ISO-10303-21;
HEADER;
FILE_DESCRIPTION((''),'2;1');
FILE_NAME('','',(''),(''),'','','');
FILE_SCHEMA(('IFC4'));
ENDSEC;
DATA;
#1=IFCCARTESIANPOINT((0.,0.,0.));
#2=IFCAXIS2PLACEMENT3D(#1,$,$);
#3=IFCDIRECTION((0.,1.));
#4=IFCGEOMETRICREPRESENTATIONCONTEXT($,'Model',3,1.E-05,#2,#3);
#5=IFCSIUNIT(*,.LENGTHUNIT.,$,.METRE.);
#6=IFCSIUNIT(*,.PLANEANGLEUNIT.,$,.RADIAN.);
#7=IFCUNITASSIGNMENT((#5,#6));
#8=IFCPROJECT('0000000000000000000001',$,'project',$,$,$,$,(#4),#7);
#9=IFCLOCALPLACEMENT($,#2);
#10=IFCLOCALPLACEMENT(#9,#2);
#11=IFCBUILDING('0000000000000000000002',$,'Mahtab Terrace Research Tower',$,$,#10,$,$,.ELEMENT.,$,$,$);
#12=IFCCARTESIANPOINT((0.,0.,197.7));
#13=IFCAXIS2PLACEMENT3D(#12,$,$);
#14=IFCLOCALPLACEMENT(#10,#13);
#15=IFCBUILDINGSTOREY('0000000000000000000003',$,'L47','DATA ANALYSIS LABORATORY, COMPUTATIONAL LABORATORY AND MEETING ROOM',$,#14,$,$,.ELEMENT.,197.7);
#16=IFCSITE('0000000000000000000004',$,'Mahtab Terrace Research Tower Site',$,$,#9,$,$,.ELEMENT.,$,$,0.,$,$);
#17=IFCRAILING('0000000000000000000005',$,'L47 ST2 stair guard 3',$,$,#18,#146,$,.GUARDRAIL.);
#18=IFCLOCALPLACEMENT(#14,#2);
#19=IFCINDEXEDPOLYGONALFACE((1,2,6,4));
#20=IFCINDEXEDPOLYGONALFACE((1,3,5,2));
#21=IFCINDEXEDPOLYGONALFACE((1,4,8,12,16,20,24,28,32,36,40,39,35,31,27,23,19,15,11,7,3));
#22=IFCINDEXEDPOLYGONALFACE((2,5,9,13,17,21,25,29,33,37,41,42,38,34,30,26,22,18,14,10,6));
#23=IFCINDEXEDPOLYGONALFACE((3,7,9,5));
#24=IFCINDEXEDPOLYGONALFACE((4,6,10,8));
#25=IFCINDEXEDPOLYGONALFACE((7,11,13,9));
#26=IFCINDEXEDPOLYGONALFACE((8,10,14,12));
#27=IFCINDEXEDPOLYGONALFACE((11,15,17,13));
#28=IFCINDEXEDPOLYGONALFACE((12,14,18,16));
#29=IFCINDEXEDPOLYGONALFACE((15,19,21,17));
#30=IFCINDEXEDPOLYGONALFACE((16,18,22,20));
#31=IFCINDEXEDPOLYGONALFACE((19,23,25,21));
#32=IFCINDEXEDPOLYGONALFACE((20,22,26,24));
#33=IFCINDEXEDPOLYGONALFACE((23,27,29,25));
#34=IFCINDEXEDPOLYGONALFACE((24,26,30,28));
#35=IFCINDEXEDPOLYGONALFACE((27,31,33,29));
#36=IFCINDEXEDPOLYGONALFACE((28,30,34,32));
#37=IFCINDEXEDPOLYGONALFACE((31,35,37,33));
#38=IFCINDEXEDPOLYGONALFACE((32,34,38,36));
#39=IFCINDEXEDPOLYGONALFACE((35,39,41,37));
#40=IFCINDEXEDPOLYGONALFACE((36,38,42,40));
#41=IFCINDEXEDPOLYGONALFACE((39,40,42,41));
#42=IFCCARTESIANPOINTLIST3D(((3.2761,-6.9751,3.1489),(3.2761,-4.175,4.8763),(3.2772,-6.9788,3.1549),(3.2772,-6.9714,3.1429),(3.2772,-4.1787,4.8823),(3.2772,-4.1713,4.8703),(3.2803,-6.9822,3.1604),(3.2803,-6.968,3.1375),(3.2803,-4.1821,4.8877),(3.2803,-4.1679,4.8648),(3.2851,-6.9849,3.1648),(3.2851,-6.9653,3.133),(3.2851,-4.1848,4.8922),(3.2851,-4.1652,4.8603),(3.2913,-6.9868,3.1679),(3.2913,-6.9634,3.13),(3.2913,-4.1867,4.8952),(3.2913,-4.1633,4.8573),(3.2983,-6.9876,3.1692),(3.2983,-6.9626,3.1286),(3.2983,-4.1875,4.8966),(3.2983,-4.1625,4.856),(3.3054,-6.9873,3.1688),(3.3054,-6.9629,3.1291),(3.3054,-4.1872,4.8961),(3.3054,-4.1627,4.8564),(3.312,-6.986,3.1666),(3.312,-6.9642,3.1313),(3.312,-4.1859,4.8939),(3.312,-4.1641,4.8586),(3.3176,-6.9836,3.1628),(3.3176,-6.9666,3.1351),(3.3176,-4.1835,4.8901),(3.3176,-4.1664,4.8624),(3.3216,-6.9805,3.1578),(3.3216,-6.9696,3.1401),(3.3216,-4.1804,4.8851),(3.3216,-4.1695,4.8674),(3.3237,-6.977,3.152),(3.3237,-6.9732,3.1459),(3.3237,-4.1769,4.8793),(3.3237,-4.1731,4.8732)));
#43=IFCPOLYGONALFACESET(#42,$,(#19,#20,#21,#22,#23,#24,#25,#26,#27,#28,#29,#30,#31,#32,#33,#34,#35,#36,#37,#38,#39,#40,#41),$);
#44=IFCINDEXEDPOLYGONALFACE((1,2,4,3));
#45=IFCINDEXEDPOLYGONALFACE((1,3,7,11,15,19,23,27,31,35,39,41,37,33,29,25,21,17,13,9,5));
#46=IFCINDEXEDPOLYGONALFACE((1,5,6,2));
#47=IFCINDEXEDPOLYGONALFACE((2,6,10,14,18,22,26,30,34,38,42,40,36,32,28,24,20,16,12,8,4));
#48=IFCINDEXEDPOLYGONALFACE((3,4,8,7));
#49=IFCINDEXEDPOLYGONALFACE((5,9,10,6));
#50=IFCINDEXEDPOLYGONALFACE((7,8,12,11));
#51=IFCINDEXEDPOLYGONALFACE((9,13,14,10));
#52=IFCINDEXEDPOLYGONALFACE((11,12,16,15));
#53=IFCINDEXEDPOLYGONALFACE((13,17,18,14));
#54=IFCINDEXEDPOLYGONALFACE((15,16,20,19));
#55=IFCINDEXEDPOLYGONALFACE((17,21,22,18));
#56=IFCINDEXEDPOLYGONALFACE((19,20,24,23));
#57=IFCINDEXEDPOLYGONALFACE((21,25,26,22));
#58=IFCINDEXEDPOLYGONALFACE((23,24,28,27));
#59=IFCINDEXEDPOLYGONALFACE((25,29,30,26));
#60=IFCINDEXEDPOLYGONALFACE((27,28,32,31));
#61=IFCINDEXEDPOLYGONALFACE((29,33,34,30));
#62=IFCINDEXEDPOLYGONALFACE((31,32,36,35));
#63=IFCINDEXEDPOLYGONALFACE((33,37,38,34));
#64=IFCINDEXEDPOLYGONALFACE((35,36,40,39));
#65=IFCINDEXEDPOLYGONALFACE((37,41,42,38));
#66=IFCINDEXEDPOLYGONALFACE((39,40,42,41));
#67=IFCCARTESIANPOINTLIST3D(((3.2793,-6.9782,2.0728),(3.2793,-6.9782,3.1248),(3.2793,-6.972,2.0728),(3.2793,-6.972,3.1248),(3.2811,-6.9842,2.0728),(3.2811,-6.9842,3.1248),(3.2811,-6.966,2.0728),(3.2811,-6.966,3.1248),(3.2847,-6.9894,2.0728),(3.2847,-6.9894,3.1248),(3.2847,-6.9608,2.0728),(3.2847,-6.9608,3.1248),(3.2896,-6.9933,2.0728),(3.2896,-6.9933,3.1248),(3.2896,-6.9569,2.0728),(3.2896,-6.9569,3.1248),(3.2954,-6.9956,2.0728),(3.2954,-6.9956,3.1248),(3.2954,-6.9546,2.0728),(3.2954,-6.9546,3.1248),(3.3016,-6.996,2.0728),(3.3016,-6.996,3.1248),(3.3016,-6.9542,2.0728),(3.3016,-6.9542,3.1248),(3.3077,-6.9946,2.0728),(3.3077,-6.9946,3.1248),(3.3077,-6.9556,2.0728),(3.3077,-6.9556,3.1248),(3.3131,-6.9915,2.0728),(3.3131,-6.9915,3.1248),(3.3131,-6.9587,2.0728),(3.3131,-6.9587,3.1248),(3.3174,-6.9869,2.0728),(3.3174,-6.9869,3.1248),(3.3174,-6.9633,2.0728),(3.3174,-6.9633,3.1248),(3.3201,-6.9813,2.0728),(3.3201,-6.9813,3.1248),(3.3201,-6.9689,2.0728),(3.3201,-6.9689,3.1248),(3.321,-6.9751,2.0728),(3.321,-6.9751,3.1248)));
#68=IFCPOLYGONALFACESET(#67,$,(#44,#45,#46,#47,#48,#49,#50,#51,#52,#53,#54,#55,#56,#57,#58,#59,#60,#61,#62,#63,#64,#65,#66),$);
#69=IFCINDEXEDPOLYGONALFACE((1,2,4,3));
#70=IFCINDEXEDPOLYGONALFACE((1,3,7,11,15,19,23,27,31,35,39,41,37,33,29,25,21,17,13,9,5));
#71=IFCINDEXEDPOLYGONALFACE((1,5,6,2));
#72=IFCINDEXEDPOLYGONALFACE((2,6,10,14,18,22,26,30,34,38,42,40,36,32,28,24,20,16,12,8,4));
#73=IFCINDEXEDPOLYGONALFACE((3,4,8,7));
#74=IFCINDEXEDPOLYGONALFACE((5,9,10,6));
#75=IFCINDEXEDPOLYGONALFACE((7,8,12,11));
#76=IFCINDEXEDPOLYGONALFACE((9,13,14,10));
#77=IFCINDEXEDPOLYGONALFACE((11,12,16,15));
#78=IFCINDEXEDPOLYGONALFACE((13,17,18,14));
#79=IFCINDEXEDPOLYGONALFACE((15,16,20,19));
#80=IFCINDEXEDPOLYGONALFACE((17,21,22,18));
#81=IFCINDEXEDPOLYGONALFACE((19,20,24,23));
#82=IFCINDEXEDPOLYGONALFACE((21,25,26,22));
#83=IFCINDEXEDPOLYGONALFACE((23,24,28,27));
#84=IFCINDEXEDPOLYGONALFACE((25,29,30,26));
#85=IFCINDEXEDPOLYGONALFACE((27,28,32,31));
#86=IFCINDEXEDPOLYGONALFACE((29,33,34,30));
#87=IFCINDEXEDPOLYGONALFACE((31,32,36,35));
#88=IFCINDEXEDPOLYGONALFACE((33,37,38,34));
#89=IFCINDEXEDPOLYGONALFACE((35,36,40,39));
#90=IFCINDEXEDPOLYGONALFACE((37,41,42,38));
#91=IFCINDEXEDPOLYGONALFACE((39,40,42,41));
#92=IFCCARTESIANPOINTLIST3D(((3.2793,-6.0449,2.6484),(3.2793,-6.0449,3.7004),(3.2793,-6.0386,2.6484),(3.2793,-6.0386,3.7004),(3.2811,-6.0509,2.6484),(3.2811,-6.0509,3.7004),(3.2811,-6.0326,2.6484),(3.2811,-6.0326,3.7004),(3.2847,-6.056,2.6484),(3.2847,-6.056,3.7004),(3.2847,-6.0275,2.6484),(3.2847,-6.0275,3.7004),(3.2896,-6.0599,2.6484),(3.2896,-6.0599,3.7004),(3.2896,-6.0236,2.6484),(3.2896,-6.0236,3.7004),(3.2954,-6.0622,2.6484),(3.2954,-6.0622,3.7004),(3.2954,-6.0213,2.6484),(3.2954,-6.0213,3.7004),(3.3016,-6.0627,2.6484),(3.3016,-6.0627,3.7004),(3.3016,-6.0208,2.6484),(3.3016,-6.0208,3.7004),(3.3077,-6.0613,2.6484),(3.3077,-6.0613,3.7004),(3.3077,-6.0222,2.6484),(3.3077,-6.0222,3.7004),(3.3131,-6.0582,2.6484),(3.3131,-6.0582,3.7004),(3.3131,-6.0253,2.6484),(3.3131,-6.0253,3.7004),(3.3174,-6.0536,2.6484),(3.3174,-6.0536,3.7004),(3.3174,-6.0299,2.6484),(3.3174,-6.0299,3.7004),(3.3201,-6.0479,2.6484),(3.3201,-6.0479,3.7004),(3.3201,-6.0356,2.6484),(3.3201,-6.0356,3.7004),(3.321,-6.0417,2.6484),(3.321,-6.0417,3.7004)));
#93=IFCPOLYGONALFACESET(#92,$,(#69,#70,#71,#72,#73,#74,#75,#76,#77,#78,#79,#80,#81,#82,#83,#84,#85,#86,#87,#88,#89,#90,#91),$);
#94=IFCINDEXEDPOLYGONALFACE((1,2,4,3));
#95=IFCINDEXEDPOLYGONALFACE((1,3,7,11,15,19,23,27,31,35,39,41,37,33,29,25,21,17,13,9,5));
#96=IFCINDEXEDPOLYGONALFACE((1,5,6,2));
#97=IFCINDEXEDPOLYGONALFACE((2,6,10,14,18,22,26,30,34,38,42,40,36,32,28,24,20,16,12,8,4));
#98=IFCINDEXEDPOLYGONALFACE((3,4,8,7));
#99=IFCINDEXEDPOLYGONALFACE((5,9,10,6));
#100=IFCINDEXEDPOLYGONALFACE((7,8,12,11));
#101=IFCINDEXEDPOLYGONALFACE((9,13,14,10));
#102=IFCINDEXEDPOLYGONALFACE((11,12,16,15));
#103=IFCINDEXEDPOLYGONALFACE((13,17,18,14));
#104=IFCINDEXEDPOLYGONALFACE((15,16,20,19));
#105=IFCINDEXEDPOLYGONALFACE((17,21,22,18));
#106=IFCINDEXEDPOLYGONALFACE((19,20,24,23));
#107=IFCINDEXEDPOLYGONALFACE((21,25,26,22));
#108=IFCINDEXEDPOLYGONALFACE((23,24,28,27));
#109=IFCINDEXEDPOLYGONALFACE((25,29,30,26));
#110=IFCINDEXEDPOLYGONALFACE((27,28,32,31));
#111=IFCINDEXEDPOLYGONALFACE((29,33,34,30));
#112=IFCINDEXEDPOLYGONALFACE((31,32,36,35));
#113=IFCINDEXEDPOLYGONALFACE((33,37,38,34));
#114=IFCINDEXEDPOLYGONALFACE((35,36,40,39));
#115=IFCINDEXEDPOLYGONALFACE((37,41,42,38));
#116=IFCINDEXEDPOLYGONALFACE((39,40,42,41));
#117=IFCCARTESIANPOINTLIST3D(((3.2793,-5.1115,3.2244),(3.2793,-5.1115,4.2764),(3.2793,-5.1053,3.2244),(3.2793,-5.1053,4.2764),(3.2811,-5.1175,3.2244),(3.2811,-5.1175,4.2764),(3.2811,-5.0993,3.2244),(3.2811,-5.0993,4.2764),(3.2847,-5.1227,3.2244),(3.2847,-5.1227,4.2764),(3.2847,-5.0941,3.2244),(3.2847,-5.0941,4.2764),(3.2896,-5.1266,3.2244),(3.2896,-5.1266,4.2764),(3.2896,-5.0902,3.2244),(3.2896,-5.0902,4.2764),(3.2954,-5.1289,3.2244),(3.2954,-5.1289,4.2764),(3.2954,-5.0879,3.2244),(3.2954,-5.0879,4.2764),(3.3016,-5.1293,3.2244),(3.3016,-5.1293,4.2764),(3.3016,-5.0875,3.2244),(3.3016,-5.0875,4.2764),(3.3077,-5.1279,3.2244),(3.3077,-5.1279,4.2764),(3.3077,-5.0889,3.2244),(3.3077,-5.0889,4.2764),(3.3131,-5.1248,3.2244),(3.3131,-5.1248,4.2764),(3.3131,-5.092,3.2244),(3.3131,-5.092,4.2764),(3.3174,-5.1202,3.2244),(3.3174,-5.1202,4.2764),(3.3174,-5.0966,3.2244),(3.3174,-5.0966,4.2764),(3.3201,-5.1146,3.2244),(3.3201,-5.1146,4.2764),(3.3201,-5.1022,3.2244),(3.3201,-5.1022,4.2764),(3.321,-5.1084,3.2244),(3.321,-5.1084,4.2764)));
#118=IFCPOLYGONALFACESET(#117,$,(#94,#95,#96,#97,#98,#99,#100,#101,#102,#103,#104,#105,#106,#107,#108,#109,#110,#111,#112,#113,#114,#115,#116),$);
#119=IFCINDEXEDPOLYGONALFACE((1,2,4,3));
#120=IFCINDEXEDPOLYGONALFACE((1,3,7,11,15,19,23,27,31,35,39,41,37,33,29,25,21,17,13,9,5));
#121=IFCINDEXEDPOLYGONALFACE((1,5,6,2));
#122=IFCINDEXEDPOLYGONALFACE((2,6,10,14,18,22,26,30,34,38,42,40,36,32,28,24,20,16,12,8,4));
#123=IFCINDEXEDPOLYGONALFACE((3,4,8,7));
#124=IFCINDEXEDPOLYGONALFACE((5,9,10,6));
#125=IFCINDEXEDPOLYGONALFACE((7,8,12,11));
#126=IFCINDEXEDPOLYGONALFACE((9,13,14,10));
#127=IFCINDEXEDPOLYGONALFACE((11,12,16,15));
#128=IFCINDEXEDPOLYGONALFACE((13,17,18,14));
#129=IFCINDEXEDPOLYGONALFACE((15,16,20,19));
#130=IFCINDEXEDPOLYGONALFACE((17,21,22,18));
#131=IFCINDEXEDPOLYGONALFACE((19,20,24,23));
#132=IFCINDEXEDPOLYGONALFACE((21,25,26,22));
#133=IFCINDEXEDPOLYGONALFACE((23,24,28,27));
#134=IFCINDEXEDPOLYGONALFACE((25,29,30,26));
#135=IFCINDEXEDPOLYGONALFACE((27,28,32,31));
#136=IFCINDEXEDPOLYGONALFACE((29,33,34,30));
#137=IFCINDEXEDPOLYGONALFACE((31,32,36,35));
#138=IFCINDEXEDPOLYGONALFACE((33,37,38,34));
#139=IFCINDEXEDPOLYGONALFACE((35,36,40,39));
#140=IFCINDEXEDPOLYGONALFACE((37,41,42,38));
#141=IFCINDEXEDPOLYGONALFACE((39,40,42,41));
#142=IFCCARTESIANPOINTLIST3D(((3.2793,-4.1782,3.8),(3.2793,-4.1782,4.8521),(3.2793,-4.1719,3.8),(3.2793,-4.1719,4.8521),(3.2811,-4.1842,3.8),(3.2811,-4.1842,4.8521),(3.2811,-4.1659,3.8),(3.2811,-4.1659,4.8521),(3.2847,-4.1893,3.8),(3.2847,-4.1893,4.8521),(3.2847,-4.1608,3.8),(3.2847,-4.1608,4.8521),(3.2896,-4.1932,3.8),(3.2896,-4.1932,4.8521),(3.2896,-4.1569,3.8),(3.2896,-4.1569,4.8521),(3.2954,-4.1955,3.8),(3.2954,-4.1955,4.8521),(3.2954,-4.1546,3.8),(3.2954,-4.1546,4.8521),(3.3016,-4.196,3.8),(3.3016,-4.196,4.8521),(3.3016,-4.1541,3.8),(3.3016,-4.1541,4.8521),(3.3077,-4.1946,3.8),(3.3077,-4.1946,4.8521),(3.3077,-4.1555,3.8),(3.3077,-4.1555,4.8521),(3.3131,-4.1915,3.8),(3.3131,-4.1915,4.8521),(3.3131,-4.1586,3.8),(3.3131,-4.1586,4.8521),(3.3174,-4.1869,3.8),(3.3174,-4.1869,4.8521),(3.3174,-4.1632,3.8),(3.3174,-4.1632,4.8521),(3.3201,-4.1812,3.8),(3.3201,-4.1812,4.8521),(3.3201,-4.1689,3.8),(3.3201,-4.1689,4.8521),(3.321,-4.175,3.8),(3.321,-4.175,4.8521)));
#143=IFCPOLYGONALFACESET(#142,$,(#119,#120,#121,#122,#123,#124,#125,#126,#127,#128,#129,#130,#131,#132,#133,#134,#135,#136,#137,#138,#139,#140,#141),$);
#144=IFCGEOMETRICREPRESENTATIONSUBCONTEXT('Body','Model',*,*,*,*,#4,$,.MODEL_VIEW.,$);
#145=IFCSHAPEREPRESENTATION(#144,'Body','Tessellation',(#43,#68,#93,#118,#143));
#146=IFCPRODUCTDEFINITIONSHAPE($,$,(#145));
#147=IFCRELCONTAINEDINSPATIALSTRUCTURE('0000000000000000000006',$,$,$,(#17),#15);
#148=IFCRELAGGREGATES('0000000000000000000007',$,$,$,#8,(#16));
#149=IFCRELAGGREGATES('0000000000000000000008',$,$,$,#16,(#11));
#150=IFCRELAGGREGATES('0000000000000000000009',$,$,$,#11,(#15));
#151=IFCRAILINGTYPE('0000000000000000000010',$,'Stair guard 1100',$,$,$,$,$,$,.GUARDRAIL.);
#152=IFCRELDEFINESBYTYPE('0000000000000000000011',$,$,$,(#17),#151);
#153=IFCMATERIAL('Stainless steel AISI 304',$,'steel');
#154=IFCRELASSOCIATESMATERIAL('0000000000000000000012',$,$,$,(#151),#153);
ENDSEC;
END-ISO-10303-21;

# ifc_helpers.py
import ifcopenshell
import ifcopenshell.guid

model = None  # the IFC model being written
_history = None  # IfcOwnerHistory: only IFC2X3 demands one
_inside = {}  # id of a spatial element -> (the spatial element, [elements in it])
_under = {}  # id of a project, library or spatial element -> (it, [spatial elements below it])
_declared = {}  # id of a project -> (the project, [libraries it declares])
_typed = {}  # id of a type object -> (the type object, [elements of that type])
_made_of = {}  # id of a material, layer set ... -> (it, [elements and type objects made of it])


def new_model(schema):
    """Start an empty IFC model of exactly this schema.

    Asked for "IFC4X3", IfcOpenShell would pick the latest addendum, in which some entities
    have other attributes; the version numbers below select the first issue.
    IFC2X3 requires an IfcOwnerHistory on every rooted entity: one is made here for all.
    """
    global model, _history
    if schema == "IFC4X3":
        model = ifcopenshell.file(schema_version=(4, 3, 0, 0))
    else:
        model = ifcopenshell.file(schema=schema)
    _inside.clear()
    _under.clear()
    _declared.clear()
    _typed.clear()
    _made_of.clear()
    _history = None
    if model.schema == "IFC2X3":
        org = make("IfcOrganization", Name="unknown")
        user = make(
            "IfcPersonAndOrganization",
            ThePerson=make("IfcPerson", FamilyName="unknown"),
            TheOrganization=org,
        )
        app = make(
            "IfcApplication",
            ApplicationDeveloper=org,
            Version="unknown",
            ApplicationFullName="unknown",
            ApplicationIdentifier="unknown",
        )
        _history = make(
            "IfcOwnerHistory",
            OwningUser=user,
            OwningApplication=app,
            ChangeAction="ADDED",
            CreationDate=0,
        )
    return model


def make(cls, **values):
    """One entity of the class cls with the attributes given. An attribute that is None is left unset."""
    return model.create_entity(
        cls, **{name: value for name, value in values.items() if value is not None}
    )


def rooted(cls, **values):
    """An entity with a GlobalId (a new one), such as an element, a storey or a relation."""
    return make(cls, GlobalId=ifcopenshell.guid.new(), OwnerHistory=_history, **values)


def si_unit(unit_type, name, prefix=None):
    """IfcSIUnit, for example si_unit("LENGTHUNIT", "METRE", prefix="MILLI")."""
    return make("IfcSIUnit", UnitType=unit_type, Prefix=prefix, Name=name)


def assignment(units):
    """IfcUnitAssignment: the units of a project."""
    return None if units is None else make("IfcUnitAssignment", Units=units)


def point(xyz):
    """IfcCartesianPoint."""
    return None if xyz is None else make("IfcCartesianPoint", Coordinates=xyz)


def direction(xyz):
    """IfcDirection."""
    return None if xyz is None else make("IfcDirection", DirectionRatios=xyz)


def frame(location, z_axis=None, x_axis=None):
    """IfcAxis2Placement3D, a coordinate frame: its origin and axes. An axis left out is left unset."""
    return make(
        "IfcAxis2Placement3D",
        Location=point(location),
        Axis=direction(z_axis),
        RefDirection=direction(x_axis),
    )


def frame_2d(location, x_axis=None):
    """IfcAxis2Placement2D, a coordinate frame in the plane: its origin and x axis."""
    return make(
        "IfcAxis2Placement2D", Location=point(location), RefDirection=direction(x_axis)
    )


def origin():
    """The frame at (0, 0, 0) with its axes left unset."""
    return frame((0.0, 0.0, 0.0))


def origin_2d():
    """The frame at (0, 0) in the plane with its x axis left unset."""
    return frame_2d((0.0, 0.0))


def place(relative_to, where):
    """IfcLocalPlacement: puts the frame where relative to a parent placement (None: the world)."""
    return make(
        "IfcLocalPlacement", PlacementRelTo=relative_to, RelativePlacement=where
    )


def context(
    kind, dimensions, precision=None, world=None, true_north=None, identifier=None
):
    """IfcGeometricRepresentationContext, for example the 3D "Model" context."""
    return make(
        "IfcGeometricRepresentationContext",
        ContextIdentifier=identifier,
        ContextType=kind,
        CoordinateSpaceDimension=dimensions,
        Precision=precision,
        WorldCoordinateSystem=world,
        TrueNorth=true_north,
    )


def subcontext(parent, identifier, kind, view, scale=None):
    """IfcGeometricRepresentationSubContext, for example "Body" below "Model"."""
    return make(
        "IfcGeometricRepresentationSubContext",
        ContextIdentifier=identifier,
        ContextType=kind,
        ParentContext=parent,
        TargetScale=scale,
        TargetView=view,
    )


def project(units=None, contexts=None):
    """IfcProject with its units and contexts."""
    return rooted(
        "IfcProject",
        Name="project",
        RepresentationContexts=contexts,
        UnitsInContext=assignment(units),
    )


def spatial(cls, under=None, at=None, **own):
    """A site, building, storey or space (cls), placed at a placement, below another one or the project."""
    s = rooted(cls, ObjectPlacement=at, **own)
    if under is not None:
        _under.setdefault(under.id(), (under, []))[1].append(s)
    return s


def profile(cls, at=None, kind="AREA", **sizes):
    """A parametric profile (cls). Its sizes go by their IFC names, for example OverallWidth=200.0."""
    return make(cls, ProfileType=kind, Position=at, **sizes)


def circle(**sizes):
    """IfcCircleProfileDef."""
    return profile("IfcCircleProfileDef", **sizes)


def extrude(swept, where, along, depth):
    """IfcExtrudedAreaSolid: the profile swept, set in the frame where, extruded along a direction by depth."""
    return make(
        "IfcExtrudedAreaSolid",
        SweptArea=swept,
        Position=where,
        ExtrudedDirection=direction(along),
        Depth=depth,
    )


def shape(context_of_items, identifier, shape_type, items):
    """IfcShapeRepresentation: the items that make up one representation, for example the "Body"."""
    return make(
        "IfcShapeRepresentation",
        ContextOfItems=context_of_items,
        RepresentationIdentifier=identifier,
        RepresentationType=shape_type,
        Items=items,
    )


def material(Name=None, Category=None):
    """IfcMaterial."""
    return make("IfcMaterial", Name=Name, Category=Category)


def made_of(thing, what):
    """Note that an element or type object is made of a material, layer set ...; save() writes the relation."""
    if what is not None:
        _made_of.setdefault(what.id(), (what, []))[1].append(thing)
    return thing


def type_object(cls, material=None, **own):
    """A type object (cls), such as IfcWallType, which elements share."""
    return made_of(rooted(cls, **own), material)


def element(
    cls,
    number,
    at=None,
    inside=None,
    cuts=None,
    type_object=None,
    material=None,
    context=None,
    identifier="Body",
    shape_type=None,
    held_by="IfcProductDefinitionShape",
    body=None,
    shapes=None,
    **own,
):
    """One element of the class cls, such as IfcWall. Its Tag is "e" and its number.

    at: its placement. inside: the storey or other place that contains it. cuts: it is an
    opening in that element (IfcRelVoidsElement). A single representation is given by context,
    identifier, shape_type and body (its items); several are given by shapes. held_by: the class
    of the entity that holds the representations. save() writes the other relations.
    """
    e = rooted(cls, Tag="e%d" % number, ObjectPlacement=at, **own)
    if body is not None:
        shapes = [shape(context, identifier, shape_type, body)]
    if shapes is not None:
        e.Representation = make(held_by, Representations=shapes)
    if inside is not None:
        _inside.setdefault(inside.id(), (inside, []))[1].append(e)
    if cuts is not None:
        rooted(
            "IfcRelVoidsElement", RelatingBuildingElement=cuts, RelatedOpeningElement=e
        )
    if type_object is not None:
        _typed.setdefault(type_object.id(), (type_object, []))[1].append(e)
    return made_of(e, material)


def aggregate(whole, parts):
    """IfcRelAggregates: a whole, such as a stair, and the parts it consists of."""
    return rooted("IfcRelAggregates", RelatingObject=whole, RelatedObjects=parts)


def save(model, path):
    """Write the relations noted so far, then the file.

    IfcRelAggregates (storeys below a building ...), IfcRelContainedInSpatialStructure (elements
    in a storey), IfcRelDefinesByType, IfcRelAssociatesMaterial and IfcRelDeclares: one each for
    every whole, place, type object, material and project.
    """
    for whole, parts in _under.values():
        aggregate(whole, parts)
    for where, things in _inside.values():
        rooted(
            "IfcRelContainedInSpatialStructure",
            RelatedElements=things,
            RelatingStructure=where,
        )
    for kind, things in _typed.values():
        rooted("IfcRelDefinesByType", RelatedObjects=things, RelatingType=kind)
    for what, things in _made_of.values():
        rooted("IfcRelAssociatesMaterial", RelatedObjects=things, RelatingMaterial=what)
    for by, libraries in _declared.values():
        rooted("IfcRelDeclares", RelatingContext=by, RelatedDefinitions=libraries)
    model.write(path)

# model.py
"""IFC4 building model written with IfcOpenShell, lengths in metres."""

from ifc_helpers import new_model, si_unit, direction, frame, origin, origin_2d, place, context, subcontext, project, spatial, circle, extrude, material, type_object, element, save


model = new_model("IFC4")

# Units and contexts
model_context = context("Model", 3, precision=1e-05, world=origin(), true_north=direction((0.0, 1.0)))
body_context = subcontext(model_context, "Body", "Model", "MODEL_VIEW")
ifc_project = project(units=[si_unit("LENGTHUNIT", "METRE"), si_unit("PLANEANGLEUNIT", "RADIAN")], contexts=[model_context])

# Site, building, storey
site_placement = place(None, origin())
site = spatial("IfcSite", under=ifc_project, at=site_placement, Name="Mahtab Terrace Research Tower Site", CompositionType="ELEMENT", RefElevation=0.0)
building_placement = place(site_placement, origin())
building = spatial("IfcBuilding", under=site, at=building_placement, Name="Mahtab Terrace Research Tower", CompositionType="ELEMENT")
storey_placement = place(building_placement, frame((0.0, 0.0, 197.7)))
storey = spatial("IfcBuildingStorey", under=building, at=storey_placement, Name="L47", Description="DATA ANALYSIS LABORATORY, COMPUTATIONAL LABORATORY AND MEETING ROOM", CompositionType="ELEMENT", Elevation=197.7)

# Railing
ifc_material_1 = material(Name="Stainless steel AISI 304", Category="steel")
railing_type_1 = type_object("IfcRailingType", Name="Stair guard 1100", PredefinedType="GUARDRAIL", material=ifc_material_1)
railing_1_placement = place(storey_placement, frame((3.3, -6.9751, 2.0728)))
element("IfcRailing", 1, at=railing_1_placement, inside=storey, type_object=railing_type_1, Name="L47 ST2 stair guard 3", PredefinedType="GUARDRAIL", context=body_context, shape_type="SweptSolid", body=[
    extrude(circle(Radius=0.0239, at=origin_2d()), frame((0.0, 0.0, 1.0762), z_axis=(0.0, 0.85109, 0.52502), x_axis=(-1.0, 0.0, 0.0)), (0.0, 0.0, 1.0), 3.29),
    extrude(circle(Radius=0.021, at=origin_2d()), origin(), (0.0, 0.0, 1.0), 1.052),
    extrude(circle(Radius=0.021, at=origin_2d()), frame((0.0, 0.9333, 0.5757)), (0.0, 0.0, 1.0), 1.052),
    extrude(circle(Radius=0.021, at=origin_2d()), frame((0.0, 1.8667, 1.1516)), (0.0, 0.0, 1.0), 1.052),
    extrude(circle(Radius=0.021, at=origin_2d()), frame((0.0, 2.8, 1.7273)), (0.0, 0.0, 1.0), 1.052),
])

save(model, "model.ifc")
